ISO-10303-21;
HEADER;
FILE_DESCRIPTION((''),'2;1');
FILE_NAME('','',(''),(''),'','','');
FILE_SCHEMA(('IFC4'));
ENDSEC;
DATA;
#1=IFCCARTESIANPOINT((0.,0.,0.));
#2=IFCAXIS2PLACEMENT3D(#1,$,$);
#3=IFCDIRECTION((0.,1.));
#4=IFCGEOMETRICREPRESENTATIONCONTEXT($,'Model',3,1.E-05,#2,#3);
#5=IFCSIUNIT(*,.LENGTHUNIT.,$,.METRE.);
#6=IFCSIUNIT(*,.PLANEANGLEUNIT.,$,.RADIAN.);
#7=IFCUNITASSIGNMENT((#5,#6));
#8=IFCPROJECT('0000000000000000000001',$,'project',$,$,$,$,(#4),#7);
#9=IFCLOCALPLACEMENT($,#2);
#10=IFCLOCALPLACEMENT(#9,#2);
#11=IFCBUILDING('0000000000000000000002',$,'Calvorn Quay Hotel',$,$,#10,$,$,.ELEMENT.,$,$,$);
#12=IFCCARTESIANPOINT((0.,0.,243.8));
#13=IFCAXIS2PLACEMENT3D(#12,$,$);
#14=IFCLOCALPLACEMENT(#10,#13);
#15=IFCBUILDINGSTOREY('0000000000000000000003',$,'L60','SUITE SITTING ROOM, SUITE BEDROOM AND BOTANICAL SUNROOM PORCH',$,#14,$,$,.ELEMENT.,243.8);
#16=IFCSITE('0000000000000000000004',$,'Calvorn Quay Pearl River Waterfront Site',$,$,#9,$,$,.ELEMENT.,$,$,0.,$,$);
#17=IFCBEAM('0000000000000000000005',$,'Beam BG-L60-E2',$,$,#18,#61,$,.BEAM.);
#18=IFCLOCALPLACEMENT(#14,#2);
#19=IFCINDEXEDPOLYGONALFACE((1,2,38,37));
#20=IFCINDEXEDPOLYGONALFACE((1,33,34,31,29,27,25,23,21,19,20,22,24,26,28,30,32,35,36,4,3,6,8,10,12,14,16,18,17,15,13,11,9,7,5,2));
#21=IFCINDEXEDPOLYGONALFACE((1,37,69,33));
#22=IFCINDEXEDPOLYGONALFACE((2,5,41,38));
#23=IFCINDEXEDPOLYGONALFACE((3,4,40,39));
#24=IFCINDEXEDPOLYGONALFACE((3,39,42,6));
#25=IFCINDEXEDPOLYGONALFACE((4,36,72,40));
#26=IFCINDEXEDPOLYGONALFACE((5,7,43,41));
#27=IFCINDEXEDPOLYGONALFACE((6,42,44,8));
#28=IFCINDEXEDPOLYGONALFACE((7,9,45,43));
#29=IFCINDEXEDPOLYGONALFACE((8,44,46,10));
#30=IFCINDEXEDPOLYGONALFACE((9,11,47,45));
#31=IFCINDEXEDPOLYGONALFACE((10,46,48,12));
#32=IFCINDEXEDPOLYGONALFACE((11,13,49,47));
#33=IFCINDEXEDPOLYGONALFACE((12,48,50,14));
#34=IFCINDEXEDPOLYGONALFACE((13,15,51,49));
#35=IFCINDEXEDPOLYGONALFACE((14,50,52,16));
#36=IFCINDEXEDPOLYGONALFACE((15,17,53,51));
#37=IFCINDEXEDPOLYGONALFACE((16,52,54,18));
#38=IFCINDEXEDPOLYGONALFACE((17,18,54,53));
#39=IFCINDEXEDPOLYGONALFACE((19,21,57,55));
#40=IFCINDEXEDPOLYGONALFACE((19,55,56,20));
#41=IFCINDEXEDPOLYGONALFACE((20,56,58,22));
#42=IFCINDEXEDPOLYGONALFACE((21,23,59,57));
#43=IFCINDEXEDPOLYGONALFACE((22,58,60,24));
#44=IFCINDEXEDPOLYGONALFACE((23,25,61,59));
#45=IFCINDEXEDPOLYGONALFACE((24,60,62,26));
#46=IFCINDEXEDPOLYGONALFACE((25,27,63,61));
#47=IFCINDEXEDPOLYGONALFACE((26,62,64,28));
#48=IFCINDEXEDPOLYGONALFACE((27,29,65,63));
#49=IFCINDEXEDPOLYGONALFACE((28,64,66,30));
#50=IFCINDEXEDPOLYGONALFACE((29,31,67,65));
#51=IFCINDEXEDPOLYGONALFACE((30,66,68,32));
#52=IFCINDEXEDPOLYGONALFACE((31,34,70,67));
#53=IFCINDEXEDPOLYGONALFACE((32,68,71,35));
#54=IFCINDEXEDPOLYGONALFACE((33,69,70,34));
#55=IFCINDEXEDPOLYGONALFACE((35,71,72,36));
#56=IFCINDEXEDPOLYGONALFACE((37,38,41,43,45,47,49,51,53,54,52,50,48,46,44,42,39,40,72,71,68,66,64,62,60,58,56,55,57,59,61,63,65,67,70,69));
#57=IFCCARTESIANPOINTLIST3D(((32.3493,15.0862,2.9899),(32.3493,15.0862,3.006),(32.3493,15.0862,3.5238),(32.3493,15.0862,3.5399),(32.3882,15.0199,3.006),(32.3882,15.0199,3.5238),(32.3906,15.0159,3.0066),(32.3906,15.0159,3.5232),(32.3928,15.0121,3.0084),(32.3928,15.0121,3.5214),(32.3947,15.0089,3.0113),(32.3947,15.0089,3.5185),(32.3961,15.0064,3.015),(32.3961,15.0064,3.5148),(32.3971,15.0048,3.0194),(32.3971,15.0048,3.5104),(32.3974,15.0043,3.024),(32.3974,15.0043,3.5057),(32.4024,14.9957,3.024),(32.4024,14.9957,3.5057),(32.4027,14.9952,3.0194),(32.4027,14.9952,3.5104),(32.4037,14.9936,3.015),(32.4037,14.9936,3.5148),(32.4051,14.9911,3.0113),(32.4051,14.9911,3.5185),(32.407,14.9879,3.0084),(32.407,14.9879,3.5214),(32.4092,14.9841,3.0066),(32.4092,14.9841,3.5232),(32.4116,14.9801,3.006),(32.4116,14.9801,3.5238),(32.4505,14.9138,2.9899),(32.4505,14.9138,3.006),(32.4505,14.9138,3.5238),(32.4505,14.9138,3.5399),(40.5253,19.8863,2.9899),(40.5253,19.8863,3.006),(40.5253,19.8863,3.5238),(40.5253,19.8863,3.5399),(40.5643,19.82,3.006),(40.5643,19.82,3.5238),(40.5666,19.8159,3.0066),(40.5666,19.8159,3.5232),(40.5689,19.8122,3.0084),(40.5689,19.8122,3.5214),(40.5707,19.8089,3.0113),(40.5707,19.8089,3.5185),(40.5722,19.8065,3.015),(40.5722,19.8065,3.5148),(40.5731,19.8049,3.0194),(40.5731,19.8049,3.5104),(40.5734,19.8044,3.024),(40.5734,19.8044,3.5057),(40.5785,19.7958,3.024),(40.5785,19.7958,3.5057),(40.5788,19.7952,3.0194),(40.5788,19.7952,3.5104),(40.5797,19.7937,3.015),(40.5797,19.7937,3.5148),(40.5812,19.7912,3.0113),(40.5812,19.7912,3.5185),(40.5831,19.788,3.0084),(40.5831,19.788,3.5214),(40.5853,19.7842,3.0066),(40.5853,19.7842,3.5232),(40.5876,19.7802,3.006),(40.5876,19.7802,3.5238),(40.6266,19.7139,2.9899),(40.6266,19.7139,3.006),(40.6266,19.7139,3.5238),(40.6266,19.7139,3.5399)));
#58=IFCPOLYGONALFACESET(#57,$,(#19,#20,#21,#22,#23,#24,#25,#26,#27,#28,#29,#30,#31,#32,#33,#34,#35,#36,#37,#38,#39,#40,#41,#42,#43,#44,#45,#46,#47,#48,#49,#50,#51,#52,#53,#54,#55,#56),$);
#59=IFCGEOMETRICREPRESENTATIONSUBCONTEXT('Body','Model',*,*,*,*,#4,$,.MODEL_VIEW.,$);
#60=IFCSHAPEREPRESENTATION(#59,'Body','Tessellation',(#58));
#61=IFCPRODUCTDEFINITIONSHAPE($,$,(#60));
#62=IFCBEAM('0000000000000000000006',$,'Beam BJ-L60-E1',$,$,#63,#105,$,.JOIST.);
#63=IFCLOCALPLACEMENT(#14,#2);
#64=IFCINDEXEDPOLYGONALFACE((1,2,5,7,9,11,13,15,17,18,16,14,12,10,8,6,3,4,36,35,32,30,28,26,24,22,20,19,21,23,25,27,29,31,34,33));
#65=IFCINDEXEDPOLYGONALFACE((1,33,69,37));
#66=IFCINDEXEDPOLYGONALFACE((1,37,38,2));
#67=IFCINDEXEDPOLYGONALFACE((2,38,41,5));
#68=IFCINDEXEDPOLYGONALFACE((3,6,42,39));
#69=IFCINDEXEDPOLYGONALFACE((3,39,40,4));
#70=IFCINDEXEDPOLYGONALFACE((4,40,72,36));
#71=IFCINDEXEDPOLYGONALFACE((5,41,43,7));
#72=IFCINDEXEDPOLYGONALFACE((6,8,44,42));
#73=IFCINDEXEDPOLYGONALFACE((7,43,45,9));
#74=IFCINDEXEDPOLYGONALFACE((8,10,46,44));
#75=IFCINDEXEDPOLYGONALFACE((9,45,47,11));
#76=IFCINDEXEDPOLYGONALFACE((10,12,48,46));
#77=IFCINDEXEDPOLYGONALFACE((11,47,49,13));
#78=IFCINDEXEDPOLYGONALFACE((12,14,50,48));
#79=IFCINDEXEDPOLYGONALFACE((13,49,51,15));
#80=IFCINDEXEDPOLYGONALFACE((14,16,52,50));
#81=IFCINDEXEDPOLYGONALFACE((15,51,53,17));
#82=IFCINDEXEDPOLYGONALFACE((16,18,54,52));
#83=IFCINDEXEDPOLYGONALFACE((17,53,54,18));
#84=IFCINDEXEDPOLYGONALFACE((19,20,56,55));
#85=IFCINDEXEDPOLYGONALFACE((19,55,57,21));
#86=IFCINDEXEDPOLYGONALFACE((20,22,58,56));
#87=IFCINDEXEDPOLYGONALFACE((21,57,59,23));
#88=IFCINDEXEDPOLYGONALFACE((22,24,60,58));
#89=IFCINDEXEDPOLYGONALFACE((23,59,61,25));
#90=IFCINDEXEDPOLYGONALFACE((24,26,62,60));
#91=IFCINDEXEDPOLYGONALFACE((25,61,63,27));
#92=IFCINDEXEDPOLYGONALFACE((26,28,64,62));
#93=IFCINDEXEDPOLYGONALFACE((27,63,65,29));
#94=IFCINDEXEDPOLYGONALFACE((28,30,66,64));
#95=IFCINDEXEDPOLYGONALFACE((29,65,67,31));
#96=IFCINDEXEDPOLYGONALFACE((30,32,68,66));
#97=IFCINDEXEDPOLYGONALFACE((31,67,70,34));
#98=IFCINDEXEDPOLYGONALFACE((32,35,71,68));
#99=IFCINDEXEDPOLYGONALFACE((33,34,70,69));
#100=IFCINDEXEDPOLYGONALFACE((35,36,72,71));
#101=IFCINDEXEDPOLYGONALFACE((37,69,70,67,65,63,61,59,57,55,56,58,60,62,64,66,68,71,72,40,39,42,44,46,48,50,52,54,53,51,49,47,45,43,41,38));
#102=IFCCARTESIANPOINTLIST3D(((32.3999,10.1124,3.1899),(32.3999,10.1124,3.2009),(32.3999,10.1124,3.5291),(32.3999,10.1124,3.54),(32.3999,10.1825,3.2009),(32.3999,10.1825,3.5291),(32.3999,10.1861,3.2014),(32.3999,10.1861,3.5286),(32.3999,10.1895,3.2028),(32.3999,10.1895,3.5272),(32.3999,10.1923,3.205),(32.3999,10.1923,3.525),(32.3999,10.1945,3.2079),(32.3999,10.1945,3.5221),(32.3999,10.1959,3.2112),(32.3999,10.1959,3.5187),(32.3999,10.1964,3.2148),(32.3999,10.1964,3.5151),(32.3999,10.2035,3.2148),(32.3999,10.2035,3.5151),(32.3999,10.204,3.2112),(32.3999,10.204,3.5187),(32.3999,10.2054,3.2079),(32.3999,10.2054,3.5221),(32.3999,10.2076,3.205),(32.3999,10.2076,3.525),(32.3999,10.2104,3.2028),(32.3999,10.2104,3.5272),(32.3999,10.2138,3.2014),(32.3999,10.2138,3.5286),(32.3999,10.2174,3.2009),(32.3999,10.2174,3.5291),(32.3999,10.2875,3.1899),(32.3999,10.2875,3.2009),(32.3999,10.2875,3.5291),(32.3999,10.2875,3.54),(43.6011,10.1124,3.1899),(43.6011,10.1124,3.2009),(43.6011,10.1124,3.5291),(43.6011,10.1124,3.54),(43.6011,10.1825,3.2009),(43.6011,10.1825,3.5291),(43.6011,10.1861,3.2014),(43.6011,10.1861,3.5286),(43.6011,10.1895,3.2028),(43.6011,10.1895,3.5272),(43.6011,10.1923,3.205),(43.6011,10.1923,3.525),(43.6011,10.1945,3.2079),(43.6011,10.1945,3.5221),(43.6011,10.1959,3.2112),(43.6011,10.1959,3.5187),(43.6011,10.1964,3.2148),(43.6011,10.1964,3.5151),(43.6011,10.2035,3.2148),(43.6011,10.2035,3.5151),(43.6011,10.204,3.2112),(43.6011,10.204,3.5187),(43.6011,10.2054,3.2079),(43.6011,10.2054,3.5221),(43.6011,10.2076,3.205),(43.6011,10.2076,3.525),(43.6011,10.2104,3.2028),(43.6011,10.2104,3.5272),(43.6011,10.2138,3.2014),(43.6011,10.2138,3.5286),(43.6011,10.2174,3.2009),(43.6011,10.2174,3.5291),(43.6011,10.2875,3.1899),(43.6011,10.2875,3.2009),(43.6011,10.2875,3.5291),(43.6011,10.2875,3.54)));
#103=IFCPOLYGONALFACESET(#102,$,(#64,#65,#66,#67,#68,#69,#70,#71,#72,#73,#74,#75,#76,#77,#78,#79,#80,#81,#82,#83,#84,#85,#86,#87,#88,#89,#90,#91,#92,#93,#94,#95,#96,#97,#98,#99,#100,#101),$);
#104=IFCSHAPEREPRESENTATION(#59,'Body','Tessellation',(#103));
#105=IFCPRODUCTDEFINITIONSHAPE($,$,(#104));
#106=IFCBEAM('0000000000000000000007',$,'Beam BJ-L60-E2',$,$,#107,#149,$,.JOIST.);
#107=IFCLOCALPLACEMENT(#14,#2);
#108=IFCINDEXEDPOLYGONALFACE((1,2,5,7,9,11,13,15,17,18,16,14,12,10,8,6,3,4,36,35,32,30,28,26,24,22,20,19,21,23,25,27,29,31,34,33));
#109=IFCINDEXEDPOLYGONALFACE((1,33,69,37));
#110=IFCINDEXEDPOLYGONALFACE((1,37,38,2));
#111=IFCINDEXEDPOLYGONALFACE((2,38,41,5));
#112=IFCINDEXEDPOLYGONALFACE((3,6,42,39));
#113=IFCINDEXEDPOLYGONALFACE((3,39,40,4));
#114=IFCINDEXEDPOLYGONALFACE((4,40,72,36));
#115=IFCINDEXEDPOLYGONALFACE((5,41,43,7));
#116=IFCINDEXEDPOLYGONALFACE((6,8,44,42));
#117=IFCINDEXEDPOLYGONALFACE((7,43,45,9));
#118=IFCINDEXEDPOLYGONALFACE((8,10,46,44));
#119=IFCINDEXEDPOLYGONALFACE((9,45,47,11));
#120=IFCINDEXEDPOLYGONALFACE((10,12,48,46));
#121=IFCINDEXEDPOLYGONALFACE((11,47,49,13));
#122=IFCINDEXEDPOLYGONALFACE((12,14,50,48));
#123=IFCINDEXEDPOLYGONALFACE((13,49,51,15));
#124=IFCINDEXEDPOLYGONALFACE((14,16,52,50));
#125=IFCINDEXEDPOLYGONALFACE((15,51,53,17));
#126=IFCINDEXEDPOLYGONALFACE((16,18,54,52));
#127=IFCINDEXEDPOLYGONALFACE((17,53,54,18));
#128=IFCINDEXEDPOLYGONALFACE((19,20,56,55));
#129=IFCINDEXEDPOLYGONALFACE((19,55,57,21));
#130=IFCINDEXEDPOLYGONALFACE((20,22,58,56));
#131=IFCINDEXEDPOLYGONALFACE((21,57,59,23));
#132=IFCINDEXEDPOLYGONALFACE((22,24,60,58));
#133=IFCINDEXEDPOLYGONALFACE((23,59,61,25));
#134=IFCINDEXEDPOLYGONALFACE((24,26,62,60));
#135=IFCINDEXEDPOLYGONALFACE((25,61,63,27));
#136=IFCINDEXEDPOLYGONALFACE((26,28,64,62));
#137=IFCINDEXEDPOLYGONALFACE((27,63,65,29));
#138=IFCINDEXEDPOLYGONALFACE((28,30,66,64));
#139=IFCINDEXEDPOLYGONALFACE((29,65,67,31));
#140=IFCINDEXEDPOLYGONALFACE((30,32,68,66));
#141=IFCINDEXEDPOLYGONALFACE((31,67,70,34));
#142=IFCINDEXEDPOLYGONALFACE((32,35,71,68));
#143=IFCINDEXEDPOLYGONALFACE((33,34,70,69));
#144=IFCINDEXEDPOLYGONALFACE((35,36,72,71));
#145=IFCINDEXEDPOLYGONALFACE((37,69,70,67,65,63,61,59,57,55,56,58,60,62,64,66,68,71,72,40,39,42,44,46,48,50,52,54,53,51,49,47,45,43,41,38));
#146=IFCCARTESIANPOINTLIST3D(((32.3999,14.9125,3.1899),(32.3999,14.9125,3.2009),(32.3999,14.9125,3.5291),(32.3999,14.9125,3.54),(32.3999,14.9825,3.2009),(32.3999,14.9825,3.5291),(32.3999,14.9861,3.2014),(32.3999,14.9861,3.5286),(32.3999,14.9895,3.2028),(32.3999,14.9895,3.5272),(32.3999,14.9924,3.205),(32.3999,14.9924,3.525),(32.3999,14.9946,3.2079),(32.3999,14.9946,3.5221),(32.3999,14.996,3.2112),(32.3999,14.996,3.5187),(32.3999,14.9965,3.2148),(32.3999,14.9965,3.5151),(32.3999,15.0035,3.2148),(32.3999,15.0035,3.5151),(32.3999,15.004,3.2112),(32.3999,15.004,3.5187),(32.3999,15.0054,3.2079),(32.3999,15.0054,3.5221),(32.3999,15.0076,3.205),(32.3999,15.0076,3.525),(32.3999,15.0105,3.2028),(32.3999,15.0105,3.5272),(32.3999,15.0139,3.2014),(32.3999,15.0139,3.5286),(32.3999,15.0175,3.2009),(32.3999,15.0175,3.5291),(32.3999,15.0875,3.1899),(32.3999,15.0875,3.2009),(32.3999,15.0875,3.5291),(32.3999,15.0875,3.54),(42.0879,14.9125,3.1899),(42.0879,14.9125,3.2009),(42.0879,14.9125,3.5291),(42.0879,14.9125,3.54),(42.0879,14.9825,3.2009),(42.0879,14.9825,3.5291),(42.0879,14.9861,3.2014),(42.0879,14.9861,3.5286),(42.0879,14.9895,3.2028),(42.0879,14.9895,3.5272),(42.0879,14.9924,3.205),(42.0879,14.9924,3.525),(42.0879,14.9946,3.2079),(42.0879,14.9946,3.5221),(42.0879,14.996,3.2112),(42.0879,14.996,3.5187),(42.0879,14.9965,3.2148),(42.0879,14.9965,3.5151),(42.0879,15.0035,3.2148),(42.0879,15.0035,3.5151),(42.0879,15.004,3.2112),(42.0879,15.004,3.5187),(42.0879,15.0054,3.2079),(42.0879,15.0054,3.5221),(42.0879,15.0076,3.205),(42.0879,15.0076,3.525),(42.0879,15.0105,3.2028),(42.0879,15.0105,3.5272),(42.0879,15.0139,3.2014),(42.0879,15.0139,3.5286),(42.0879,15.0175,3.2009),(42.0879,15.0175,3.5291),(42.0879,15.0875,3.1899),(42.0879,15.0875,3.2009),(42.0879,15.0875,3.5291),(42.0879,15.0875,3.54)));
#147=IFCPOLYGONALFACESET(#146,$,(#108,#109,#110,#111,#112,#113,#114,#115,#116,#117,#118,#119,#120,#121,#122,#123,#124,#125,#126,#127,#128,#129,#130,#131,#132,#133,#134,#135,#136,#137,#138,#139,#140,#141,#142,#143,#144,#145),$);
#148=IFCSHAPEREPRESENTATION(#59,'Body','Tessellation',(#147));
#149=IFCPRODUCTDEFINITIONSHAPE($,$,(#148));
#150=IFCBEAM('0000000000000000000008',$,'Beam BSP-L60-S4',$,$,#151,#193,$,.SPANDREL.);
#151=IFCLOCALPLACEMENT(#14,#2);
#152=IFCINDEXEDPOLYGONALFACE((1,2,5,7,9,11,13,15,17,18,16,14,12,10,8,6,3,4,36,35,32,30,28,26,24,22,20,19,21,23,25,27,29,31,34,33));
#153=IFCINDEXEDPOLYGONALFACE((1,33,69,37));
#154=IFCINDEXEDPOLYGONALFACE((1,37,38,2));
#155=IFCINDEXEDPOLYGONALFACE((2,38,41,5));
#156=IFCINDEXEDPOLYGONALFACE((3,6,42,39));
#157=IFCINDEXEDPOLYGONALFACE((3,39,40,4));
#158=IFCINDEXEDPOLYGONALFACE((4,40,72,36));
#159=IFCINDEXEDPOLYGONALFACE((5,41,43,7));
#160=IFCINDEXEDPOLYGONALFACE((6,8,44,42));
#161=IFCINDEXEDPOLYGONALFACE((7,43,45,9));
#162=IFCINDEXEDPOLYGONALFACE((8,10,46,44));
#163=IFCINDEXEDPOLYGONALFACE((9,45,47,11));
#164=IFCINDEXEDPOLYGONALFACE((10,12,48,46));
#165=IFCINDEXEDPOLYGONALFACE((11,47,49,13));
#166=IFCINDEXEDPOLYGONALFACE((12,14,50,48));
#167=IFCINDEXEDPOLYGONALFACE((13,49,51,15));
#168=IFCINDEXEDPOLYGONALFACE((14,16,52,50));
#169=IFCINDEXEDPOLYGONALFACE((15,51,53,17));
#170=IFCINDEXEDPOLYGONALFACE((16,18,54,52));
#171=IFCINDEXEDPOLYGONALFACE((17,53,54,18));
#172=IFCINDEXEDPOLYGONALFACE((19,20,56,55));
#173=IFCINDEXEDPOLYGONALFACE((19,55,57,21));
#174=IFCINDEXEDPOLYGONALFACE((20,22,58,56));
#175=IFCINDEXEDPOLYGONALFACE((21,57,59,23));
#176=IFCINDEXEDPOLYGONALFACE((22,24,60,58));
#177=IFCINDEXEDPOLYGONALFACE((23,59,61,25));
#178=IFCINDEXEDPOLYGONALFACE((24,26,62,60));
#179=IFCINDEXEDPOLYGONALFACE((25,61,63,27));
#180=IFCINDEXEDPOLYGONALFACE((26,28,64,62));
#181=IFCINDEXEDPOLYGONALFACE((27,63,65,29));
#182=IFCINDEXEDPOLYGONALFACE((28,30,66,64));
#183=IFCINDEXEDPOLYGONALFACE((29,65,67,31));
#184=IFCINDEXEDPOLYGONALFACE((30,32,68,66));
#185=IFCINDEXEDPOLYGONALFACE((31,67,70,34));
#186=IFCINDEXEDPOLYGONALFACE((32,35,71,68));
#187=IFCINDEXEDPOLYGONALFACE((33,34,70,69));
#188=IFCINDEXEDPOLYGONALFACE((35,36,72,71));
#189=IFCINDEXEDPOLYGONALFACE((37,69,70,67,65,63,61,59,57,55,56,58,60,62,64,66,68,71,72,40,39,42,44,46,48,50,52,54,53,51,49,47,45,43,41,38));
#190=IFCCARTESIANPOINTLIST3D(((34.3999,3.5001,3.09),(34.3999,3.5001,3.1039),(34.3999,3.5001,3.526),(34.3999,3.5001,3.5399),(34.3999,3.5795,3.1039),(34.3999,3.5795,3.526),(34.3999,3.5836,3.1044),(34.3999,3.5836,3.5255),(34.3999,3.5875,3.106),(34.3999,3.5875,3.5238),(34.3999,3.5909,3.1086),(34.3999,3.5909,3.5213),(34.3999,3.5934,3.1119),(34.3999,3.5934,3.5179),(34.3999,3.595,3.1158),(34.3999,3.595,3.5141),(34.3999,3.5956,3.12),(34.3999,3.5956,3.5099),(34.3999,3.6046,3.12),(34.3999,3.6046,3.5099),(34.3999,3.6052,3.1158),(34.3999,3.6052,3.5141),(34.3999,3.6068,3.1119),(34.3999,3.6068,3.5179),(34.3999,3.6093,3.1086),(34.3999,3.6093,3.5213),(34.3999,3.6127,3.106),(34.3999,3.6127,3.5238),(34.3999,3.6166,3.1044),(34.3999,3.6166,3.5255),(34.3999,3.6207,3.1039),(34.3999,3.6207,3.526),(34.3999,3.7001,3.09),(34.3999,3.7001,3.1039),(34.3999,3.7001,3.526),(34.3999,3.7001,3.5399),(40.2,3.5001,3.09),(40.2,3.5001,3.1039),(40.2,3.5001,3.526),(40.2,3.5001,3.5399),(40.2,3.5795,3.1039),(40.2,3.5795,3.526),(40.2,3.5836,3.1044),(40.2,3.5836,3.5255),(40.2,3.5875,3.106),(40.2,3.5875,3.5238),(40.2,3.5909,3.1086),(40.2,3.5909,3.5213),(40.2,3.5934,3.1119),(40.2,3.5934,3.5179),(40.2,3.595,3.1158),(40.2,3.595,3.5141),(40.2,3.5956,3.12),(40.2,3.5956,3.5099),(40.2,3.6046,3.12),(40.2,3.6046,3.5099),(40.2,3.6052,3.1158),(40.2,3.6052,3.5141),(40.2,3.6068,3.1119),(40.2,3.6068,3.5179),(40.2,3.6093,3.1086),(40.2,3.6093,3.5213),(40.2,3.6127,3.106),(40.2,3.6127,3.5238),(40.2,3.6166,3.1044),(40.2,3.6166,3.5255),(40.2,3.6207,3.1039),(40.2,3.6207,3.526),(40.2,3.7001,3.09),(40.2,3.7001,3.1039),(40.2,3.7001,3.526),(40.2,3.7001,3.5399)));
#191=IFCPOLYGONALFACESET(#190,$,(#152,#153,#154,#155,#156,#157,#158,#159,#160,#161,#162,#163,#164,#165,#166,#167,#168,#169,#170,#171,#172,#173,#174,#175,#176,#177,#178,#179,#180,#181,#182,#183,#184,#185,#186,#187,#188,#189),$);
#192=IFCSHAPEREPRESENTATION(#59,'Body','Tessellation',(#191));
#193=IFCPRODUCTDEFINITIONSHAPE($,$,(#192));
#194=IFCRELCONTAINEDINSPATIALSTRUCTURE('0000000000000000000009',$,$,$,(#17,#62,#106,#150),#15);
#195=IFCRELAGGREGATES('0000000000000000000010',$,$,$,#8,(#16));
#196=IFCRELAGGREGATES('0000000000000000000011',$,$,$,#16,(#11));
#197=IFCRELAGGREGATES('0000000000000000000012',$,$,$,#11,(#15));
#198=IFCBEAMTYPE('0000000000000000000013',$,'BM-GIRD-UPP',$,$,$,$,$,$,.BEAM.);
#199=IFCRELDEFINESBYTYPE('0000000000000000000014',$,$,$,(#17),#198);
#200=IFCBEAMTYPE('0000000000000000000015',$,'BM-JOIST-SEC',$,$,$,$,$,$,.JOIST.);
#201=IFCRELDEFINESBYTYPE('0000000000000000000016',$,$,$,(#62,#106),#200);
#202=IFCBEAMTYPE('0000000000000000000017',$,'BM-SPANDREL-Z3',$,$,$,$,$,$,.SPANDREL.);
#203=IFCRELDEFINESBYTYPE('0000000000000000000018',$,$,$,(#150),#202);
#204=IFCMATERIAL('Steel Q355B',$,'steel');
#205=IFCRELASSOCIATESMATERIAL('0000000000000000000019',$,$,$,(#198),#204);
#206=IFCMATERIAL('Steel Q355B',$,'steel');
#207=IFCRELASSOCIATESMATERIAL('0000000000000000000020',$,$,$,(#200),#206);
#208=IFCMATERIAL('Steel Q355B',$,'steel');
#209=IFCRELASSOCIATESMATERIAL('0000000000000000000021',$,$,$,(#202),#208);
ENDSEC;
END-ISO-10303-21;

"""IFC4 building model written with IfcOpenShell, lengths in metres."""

from ifc_helpers import new_model, si_unit, direction, frame, origin, origin_2d, place, context, subcontext, project, spatial, i_section, extrude, material, material_profile, profile_set, type_object, element, save


model = new_model("IFC4")

# Units and contexts
model_context = context("Model", 3, precision=1e-05, world=origin(), true_north=direction((0.0, 1.0)))
body_context = subcontext(model_context, "Body", "Model", "MODEL_VIEW")
ifc_project = project(units=[si_unit("LENGTHUNIT", "METRE"), si_unit("PLANEANGLEUNIT", "RADIAN")], contexts=[model_context])

# Site, building, storey
site_placement = place(None, origin())
site = spatial("IfcSite", under=ifc_project, at=site_placement, Name="Calvorn Quay Pearl River Waterfront Site", CompositionType="ELEMENT", RefElevation=0.0)
building_placement = place(site_placement, origin())
building = spatial("IfcBuilding", under=site, at=building_placement, Name="Calvorn Quay Hotel", CompositionType="ELEMENT")
storey_placement = place(building_placement, frame((0.0, 0.0, 243.8)))
storey = spatial("IfcBuildingStorey", under=building, at=storey_placement, Name="L60", Description="SUITE SITTING ROOM, SUITE BEDROOM AND BOTANICAL SUNROOM PORCH", CompositionType="ELEMENT", Elevation=243.8)

# Beams
ifc_material_1 = material(Name="Steel Q355B", Category="steel")
ifc_material_profile_1 = material_profile(ifc_material_1, i_section(OverallWidth=0.2, OverallDepth=0.55, WebThickness=0.01, FlangeThickness=0.0161, FilletRadius=0.0181, at=origin_2d()), Name="HN550x200x10x16")
ifc_profile_set_1 = profile_set([ifc_material_profile_1], Name="Steel Q355B")
beam_type_1 = type_object("IfcBeamType", Name="BM-GIRD-UPP", PredefinedType="BEAM", material=ifc_profile_set_1)
beam_1_placement = place(storey_placement, frame((32.3999, 15.0, 3.2649), z_axis=(0.862366, 0.506285, 0.0), x_axis=(-0.506285, 0.862366, 0.0)))
element("IfcBeam", 1, at=beam_1_placement, inside=storey, type_object=beam_type_1, Name="Beam BG-L60-E2", PredefinedType="BEAM", context=body_context, shape_type="SweptSolid", body=[
    extrude(i_section(OverallWidth=0.2, OverallDepth=0.55, WebThickness=0.01, FlangeThickness=0.0161, FilletRadius=0.0181, at=origin_2d()), origin(), (0.0, 0.0, 1.0), 9.481),
])
ifc_material_2 = material(Name="Steel Q355B", Category="steel")
ifc_material_profile_2 = material_profile(ifc_material_2, i_section(OverallWidth=0.175, OverallDepth=0.3501, WebThickness=0.0071, FlangeThickness=0.011, FilletRadius=0.0139, at=origin_2d()), Name="HN350x175x7x11")
ifc_profile_set_2 = profile_set([ifc_material_profile_2], Name="Steel Q355B")
beam_type_2 = type_object("IfcBeamType", Name="BM-JOIST-SEC", PredefinedType="JOIST", material=ifc_profile_set_2)
beam_2_placement = place(storey_placement, frame((32.3999, 10.2, 3.365), z_axis=(1.0, 0.0, 0.0), x_axis=(0.0, 1.0, 0.0)))
element("IfcBeam", 2, at=beam_2_placement, inside=storey, type_object=beam_type_2, Name="Beam BJ-L60-E1", PredefinedType="JOIST", context=body_context, shape_type="SweptSolid", body=[
    extrude(i_section(OverallWidth=0.175, OverallDepth=0.3501, WebThickness=0.0071, FlangeThickness=0.011, FilletRadius=0.0139, at=origin_2d()), origin(), (0.0, 0.0, 1.0), 11.2012),
])
beam_3_placement = place(storey_placement, frame((32.3999, 15.0, 3.365), z_axis=(1.0, 0.0, 0.0), x_axis=(0.0, 1.0, 0.0)))
element("IfcBeam", 3, at=beam_3_placement, inside=storey, type_object=beam_type_2, Name="Beam BJ-L60-E2", PredefinedType="JOIST", context=body_context, shape_type="SweptSolid", body=[
    extrude(i_section(OverallWidth=0.175, OverallDepth=0.3501, WebThickness=0.0071, FlangeThickness=0.011, FilletRadius=0.0139, at=origin_2d()), origin(), (0.0, 0.0, 1.0), 9.688),
])
ifc_material_3 = material(Name="Steel Q355B", Category="steel")
ifc_material_profile_3 = material_profile(ifc_material_3, i_section(OverallWidth=0.2, OverallDepth=0.45, WebThickness=0.009, FlangeThickness=0.0139, FilletRadius=0.0161, at=origin_2d()), Name="HN450x200x9x14")
ifc_profile_set_3 = profile_set([ifc_material_profile_3], Name="Steel Q355B")
beam_type_3 = type_object("IfcBeamType", Name="BM-SPANDREL-Z3", PredefinedType="SPANDREL", material=ifc_profile_set_3)
beam_4_placement = place(storey_placement, frame((34.3999, 3.6001, 3.3149), z_axis=(1.0, 0.0, 0.0), x_axis=(0.0, 1.0, 0.0)))
element("IfcBeam", 4, at=beam_4_placement, inside=storey, type_object=beam_type_3, Name="Beam BSP-L60-S4", PredefinedType="SPANDREL", context=body_context, shape_type="SweptSolid", body=[
    extrude(i_section(OverallWidth=0.2, OverallDepth=0.45, WebThickness=0.009, FlangeThickness=0.0139, FilletRadius=0.0161, at=origin_2d()), origin(), (0.0, 0.0, 1.0), 5.8),
])

save(model, "model.ifc")
